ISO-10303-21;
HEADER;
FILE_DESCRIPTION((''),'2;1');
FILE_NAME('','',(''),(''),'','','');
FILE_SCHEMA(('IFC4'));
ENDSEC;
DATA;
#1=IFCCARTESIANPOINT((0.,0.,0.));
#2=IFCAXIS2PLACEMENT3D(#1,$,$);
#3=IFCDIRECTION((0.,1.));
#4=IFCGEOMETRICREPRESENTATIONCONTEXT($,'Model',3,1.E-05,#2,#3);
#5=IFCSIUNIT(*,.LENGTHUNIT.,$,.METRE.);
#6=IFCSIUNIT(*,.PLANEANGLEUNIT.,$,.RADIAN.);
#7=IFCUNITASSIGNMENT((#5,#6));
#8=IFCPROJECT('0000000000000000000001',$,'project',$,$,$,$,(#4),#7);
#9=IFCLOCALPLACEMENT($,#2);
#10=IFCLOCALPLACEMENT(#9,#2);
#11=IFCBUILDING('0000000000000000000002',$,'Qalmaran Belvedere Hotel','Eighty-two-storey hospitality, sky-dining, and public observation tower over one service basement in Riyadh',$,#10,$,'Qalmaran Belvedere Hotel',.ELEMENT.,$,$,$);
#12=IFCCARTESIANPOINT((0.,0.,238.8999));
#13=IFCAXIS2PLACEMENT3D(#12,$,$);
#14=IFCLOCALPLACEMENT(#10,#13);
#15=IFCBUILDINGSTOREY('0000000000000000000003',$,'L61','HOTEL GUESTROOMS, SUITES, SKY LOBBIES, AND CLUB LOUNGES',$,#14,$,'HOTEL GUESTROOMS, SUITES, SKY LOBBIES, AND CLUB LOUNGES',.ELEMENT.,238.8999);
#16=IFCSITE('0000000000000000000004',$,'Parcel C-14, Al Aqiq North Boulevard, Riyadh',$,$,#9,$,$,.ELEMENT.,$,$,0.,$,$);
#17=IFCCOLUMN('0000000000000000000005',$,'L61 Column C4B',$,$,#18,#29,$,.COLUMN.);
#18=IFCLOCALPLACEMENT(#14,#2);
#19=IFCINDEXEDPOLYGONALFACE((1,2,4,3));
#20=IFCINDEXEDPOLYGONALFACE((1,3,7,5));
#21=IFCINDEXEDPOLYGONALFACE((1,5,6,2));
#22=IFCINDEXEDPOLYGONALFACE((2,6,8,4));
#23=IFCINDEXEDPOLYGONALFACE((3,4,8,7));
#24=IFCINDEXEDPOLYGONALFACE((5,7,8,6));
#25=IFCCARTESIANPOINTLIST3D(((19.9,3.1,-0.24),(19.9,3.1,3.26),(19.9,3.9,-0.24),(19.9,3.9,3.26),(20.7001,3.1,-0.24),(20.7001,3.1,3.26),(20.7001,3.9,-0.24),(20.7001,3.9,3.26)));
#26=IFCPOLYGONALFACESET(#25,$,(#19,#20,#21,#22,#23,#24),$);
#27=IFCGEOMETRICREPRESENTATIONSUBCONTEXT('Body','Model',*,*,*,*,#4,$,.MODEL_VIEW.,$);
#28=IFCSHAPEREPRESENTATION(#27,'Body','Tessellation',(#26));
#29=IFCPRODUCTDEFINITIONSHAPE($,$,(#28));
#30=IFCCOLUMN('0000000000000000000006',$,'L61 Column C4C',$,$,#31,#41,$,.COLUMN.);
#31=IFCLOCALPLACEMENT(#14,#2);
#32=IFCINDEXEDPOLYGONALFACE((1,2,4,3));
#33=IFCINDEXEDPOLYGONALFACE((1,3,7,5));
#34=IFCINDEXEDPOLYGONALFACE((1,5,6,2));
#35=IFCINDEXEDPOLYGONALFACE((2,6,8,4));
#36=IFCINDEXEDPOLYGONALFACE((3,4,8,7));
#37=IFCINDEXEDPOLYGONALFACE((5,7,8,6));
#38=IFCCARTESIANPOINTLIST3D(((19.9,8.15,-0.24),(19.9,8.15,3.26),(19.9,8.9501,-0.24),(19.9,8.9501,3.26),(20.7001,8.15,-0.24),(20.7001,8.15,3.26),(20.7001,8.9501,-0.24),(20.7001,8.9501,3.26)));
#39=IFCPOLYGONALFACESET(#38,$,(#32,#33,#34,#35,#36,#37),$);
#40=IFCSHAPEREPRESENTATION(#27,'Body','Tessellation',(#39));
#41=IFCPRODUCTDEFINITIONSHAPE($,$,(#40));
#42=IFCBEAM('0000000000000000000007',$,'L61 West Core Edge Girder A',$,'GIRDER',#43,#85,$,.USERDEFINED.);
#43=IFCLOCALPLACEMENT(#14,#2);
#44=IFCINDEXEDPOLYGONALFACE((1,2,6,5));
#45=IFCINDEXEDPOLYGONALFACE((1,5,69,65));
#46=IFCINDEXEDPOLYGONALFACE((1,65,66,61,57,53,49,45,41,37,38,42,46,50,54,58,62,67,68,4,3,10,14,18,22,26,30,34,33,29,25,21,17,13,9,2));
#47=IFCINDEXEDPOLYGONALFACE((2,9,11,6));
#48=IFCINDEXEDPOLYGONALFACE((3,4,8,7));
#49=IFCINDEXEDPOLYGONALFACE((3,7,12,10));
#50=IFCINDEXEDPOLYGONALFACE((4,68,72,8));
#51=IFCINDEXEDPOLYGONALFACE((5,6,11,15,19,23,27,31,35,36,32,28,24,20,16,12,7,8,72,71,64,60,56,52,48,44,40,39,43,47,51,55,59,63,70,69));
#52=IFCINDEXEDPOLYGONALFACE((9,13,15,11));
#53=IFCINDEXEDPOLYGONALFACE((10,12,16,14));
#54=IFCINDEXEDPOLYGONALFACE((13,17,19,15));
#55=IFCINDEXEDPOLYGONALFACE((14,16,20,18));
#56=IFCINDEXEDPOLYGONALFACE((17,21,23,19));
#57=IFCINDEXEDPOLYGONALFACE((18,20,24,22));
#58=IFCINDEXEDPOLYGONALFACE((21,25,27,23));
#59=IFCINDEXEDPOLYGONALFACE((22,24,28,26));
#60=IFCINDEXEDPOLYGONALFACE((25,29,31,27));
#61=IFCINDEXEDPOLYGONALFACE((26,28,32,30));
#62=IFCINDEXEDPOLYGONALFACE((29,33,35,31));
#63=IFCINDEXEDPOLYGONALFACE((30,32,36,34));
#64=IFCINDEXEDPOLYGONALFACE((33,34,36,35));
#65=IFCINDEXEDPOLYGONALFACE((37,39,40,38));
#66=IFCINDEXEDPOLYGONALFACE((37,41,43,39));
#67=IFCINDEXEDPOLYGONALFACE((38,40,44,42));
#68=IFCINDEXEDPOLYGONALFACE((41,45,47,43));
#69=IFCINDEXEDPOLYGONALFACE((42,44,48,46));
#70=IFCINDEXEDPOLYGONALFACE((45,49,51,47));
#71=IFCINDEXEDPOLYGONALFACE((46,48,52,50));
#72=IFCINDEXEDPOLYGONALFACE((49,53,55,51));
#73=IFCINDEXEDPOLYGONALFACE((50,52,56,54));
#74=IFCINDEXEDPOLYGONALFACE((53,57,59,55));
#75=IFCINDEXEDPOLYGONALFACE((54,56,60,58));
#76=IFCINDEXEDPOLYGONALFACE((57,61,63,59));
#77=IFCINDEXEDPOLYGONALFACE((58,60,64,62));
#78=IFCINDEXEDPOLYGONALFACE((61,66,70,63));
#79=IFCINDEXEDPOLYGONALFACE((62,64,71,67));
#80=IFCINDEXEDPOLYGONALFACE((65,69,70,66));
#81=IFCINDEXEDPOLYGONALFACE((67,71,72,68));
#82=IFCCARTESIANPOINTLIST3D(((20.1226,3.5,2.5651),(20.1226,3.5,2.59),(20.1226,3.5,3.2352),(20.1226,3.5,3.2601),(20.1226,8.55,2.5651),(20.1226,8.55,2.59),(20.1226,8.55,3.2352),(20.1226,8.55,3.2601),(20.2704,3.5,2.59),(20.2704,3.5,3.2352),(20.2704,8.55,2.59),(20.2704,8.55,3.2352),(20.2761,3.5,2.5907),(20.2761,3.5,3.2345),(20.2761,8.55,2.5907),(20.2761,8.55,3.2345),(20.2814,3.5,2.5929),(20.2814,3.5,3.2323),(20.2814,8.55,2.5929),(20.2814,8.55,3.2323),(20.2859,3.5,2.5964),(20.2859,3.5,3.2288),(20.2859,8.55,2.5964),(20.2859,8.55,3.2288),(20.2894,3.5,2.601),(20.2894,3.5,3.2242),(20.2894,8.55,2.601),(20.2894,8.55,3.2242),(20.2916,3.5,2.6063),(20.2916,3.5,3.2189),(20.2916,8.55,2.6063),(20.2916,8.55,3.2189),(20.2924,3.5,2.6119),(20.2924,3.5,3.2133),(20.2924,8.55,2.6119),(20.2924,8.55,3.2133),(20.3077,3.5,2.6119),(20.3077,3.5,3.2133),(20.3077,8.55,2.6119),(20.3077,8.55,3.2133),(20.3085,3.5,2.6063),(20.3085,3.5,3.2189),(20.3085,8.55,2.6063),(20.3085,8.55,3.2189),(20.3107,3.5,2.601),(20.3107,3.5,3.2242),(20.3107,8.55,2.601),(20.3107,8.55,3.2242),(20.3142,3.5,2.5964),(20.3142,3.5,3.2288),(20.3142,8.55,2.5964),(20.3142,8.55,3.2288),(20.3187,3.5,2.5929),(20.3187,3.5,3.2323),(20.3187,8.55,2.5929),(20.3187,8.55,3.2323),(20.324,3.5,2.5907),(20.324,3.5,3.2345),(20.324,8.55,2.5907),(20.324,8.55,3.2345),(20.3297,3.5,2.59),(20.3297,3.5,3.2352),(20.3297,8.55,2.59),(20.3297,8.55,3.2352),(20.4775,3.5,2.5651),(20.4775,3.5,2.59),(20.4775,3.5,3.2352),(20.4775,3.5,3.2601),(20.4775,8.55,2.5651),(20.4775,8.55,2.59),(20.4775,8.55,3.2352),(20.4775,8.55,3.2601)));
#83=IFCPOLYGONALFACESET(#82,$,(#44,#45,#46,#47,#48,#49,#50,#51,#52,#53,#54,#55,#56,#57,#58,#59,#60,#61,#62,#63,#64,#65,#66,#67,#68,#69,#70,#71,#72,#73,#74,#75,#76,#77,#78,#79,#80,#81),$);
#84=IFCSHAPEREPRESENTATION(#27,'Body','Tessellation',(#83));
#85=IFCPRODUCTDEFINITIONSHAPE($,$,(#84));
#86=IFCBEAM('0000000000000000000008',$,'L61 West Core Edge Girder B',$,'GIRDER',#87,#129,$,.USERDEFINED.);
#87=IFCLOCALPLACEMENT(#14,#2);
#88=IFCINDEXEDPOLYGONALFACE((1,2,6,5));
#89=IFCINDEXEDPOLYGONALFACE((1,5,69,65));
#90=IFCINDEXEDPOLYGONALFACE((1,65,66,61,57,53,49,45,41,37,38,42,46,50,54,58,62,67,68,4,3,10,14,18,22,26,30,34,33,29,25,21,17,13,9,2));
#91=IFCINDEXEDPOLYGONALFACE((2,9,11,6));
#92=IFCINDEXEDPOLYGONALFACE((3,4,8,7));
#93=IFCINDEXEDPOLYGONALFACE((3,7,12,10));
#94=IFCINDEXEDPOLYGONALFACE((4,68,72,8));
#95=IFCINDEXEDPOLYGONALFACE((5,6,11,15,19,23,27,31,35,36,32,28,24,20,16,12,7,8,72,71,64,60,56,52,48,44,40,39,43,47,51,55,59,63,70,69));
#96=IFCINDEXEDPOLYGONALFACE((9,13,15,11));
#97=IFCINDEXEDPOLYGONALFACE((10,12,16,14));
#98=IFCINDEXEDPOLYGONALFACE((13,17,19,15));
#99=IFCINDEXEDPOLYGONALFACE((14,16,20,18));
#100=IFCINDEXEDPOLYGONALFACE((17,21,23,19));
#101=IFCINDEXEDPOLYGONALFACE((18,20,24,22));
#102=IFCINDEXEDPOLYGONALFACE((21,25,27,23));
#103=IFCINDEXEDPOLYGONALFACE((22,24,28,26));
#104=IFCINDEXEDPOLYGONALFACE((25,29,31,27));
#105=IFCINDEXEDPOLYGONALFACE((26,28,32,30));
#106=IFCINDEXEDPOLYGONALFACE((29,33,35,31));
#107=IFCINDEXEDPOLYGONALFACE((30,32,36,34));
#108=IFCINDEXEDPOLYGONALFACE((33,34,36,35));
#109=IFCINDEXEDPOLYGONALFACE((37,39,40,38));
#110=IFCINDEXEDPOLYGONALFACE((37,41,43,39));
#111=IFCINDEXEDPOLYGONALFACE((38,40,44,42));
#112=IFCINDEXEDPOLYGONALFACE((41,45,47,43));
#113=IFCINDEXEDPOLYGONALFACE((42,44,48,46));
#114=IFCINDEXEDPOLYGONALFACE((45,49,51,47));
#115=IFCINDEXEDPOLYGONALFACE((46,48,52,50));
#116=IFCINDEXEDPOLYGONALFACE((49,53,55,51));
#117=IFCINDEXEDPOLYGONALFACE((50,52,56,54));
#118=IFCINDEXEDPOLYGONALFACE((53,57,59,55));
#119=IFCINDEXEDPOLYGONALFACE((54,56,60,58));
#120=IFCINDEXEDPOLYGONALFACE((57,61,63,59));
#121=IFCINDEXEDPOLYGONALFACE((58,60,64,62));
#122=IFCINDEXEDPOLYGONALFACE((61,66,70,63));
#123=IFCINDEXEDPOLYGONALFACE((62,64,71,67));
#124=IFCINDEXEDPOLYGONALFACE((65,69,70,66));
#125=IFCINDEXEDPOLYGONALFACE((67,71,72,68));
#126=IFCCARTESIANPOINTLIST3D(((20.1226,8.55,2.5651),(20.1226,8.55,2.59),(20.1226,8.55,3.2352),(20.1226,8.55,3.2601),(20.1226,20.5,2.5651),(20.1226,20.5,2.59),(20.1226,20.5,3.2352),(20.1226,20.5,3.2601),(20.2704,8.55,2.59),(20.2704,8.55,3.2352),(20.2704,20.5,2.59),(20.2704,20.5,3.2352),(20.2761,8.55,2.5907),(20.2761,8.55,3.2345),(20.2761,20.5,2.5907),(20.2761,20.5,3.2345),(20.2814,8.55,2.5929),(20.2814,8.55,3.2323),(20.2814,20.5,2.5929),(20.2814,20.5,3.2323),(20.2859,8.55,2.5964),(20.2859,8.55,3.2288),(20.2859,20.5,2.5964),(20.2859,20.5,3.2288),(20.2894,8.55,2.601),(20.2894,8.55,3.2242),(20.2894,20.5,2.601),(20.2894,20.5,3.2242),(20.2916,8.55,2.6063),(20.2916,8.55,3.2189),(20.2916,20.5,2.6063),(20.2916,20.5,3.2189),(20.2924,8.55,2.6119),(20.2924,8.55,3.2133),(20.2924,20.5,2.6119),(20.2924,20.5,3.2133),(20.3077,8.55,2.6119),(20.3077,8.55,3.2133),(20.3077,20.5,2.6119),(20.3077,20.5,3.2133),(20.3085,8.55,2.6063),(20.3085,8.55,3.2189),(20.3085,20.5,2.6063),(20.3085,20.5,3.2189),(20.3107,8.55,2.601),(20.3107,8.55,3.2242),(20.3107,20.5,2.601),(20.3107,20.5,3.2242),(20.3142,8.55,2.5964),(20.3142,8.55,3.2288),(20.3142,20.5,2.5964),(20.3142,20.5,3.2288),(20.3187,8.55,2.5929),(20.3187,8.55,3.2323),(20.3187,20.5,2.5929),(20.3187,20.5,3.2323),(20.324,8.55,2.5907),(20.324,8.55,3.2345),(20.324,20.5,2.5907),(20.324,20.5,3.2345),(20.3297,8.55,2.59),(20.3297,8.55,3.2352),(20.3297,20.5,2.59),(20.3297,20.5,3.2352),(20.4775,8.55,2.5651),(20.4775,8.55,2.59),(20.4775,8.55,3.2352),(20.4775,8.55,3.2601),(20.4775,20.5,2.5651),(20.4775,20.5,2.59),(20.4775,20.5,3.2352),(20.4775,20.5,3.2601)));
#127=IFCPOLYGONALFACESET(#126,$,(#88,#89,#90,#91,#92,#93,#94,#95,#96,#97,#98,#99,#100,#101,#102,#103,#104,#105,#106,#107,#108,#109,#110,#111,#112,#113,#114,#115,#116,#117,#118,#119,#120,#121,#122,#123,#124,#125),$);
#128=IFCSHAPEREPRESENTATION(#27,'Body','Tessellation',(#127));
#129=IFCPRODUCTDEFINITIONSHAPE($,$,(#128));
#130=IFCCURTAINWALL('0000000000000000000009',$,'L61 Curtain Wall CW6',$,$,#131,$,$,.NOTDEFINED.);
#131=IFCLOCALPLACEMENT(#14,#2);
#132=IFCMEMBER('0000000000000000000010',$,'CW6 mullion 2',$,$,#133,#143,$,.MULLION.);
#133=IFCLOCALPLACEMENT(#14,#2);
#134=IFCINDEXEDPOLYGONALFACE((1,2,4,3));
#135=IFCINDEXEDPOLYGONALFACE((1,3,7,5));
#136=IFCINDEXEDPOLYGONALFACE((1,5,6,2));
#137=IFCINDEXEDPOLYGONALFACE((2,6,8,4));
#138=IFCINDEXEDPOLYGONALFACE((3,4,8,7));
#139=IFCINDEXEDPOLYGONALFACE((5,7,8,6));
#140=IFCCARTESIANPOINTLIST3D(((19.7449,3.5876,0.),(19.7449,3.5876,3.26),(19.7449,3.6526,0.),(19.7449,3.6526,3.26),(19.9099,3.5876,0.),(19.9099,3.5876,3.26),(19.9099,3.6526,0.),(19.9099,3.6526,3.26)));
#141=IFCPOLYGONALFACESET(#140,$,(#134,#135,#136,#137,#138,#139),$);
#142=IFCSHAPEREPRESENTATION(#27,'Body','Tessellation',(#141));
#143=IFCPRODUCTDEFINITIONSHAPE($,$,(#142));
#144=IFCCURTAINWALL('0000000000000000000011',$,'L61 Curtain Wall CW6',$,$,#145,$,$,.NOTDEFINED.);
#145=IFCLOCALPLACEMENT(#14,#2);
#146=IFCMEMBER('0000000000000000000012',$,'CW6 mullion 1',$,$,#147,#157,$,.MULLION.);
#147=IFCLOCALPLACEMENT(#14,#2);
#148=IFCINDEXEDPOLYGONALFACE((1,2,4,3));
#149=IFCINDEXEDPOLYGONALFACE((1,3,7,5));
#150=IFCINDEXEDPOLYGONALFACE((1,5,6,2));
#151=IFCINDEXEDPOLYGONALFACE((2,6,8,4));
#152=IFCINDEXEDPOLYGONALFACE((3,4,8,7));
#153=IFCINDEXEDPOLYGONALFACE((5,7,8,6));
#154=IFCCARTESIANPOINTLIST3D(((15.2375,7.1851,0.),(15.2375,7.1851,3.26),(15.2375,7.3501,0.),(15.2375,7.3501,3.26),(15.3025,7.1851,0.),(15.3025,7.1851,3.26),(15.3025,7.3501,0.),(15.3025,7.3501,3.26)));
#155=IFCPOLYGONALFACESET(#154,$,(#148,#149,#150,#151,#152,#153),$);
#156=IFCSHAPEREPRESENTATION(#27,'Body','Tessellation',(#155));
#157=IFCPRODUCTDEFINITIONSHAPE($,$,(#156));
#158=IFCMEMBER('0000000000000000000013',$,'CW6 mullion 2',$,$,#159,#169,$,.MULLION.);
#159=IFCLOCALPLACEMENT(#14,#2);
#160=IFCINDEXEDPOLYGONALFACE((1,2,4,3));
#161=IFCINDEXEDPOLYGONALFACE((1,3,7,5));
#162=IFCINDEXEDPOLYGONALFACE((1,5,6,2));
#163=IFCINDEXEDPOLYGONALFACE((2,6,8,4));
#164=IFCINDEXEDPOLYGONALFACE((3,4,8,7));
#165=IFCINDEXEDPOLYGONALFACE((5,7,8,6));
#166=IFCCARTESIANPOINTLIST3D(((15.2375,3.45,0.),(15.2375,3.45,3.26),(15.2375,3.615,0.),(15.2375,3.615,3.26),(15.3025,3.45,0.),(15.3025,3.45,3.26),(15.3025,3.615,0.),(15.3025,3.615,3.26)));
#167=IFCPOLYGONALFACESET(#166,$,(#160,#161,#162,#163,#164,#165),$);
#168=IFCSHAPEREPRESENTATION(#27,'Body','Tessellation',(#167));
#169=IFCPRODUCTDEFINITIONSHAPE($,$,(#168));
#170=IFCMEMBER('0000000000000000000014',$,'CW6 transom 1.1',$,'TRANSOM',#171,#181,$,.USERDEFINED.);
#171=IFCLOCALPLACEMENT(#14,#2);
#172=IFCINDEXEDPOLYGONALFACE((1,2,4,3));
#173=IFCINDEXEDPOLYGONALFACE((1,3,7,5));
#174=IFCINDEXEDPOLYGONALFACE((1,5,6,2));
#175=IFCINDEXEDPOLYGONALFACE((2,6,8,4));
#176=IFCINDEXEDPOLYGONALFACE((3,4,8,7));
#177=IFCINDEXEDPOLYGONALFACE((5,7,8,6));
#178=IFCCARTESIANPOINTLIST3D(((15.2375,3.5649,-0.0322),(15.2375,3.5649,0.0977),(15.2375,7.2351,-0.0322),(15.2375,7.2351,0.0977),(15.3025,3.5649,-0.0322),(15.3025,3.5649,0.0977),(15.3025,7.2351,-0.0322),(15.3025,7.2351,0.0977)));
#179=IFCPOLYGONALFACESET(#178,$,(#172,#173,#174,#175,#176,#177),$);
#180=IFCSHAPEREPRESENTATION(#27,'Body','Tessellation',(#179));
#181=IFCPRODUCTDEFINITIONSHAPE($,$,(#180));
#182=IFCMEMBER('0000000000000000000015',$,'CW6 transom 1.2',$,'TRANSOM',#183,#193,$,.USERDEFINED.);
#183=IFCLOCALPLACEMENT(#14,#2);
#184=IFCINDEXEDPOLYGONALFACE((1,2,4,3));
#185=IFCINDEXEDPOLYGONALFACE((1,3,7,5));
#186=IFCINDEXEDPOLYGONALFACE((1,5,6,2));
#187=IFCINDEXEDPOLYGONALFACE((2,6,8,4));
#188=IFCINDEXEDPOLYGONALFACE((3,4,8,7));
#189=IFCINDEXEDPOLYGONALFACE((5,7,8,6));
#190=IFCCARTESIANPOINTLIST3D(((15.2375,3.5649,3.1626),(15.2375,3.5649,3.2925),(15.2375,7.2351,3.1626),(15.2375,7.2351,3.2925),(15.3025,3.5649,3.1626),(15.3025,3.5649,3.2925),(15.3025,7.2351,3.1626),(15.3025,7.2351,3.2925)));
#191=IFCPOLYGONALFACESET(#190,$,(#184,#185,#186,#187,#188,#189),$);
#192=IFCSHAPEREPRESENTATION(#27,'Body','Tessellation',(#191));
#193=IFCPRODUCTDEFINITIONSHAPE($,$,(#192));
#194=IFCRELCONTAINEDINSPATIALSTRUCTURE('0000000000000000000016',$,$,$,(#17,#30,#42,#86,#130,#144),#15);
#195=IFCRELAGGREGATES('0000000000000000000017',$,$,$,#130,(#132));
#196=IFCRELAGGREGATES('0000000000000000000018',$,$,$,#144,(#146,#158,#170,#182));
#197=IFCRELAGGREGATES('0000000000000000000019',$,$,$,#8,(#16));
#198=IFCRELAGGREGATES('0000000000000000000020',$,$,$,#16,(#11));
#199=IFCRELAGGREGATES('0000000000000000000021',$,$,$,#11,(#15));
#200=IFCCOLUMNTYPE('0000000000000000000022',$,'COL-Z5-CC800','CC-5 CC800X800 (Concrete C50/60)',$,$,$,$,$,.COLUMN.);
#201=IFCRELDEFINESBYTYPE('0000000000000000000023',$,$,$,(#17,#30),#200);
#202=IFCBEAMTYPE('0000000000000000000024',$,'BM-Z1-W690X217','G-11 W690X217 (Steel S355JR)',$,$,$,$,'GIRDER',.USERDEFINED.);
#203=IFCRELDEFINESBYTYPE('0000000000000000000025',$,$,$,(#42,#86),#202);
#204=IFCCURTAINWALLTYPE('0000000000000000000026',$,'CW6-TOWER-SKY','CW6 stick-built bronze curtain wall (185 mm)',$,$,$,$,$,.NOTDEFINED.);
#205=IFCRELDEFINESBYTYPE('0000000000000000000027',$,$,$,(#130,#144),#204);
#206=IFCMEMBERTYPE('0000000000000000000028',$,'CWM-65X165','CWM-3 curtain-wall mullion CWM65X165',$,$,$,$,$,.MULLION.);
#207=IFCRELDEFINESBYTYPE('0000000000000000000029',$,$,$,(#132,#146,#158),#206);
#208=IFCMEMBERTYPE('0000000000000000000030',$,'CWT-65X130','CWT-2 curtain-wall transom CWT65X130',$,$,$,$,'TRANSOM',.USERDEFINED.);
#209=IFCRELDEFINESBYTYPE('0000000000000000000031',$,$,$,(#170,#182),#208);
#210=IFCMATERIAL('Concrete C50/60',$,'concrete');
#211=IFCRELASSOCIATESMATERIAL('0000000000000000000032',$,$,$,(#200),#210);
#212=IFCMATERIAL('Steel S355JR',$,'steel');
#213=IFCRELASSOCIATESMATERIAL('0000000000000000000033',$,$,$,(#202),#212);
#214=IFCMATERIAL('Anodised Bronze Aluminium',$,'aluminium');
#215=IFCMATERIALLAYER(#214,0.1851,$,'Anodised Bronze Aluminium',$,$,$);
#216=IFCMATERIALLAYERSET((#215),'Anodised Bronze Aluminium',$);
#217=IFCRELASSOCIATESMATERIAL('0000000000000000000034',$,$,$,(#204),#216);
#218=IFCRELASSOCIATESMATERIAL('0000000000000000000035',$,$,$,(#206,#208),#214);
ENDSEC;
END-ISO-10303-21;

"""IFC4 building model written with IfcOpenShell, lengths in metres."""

from ifc_helpers import new_model, si_unit, direction, frame, origin, origin_2d, place, context, subcontext, project, spatial, rectangle, i_section, extrude, material, layer, layer_set, material_profile, profile_set, type_object, element, aggregate, save


model = new_model("IFC4")

# Units and contexts
model_context = context("Model", 3, precision=1e-05, world=origin(), true_north=direction((0.0, 1.0)))
body_context = subcontext(model_context, "Body", "Model", "MODEL_VIEW")
ifc_project = project(units=[si_unit("LENGTHUNIT", "METRE"), si_unit("PLANEANGLEUNIT", "RADIAN")], contexts=[model_context])

# Site, building, storey
site_placement = place(None, origin())
site = spatial("IfcSite", under=ifc_project, at=site_placement, Name="Parcel C-14, Al Aqiq North Boulevard, Riyadh", CompositionType="ELEMENT", RefElevation=0.0)
building_placement = place(site_placement, origin())
building = spatial("IfcBuilding", under=site, at=building_placement, Name="Qalmaran Belvedere Hotel", Description="Eighty-two-storey hospitality, sky-dining, and public observation tower over one service basement in Riyadh", LongName="Qalmaran Belvedere Hotel", CompositionType="ELEMENT")
storey_placement = place(building_placement, frame((0.0, 0.0, 238.8999)))
storey = spatial("IfcBuildingStorey", under=building, at=storey_placement, Name="L61", Description="HOTEL GUESTROOMS, SUITES, SKY LOBBIES, AND CLUB LOUNGES", LongName="HOTEL GUESTROOMS, SUITES, SKY LOBBIES, AND CLUB LOUNGES", CompositionType="ELEMENT", Elevation=238.8999)

# Columns
ifc_material_1 = material(Name="Concrete C50/60", Category="concrete")
ifc_material_profile_1 = material_profile(ifc_material_1, rectangle(XDim=0.8, YDim=0.8, at=origin_2d()), Name="CC800X800")
ifc_profile_set_1 = profile_set([ifc_material_profile_1], Name="Concrete C50/60")
column_type = type_object("IfcColumnType", Name="COL-Z5-CC800", Description="CC-5 CC800X800 (Concrete C50/60)", PredefinedType="COLUMN", material=ifc_profile_set_1)
for number, where, z_axis, x_axis, name in (
    (1, (20.3, 3.5, -0.24), (0.0, 0.0, 1.0), (1.0, 0.0, 0.0), "L61 Column C4B"),
    (2, (20.3, 8.55, -0.24), (0.0, 0.0, 1.0), (1.0, 0.0, 0.0), "L61 Column C4C"),
):
    element("IfcColumn", number, at=place(storey_placement, frame(where, z_axis=z_axis, x_axis=x_axis)), inside=storey, type_object=column_type, Name=name, PredefinedType="COLUMN", context=body_context, shape_type="SweptSolid", body=[
        extrude(rectangle(XDim=0.8, YDim=0.8, at=origin_2d()), origin(), (0.0, 0.0, 1.0), 3.5),
    ])

# Beams
ifc_material_2 = material(Name="Steel S355JR", Category="steel")
ifc_material_profile_2 = material_profile(ifc_material_2, i_section(OverallWidth=0.355, OverallDepth=0.6951, WebThickness=0.0154, FlangeThickness=0.0249, FilletRadius=0.022, at=origin_2d()), Name="W690X217")
ifc_profile_set_2 = profile_set([ifc_material_profile_2], Name="Steel S355JR")
beam_type = type_object("IfcBeamType", Name="BM-Z1-W690X217", Description="G-11 W690X217 (Steel S355JR)", ElementType="GIRDER", PredefinedType="USERDEFINED", material=ifc_profile_set_2)
beam_1_placement = place(storey_placement, frame((20.3, 3.5, 2.9126), z_axis=(0.0, 1.0, 0.0), x_axis=(-1.0, 0.0, 0.0)))
element("IfcBeam", 3, at=beam_1_placement, inside=storey, type_object=beam_type, Name="L61 West Core Edge Girder A", ObjectType="GIRDER", PredefinedType="USERDEFINED", context=body_context, shape_type="SweptSolid", body=[
    extrude(i_section(OverallWidth=0.355, OverallDepth=0.6951, WebThickness=0.0154, FlangeThickness=0.0249, FilletRadius=0.022, at=origin_2d()), origin(), (0.0, 0.0, 1.0), 5.05),
])
beam_2_placement = place(storey_placement, frame((20.3, 8.55, 2.9126), z_axis=(0.0, 1.0, 0.0), x_axis=(-1.0, 0.0, 0.0)))
element("IfcBeam", 4, at=beam_2_placement, inside=storey, type_object=beam_type, Name="L61 West Core Edge Girder B", ObjectType="GIRDER", PredefinedType="USERDEFINED", context=body_context, shape_type="SweptSolid", body=[
    extrude(i_section(OverallWidth=0.355, OverallDepth=0.6951, WebThickness=0.0154, FlangeThickness=0.0249, FilletRadius=0.022, at=origin_2d()), origin(), (0.0, 0.0, 1.0), 11.95),
])

# Curtain wall, member
ifc_material_3 = material(Name="Anodised Bronze Aluminium", Category="aluminium")
ifc_layer_1 = layer(ifc_material_3, 0.1851, Name="Anodised Bronze Aluminium")
ifc_layer_set_1 = layer_set([ifc_layer_1], Name="Anodised Bronze Aluminium")
curtain_wall_type = type_object("IfcCurtainWallType", Name="CW6-TOWER-SKY", Description="CW6 stick-built bronze curtain wall (185 mm)", PredefinedType="NOTDEFINED", material=ifc_layer_set_1)
curtain_wall_1_placement = place(storey_placement, origin())
curtain_wall_1 = element("IfcCurtainWall", 5, at=curtain_wall_1_placement, inside=storey, type_object=curtain_wall_type, Name="L61 Curtain Wall CW6", PredefinedType="NOTDEFINED")
ifc_material_profile_3 = material_profile(ifc_material_3, rectangle(XDim=0.0649, YDim=0.165, at=origin_2d()), Name="CWM65X165")
ifc_profile_set_3 = profile_set([ifc_material_profile_3], Name="Anodised Bronze Aluminium")
member_type_1 = type_object("IfcMemberType", Name="CWM-65X165", Description="CWM-3 curtain-wall mullion CWM65X165", PredefinedType="MULLION", material=ifc_profile_set_3)
member_1_placement = place(storey_placement, frame((19.8274, 3.6201, 0.0), z_axis=(0.0, 0.0, 1.0), x_axis=(0.0, 1.0, 0.0)))
member_1 = element("IfcMember", 6, at=member_1_placement, type_object=member_type_1, Name="CW6 mullion 2", PredefinedType="MULLION", context=body_context, shape_type="SweptSolid", body=[
    extrude(rectangle(XDim=0.0649, YDim=0.165, at=origin_2d()), origin(), (0.0, 0.0, 1.0), 3.26),
])

# Curtain wall, members
curtain_wall_2_placement = place(storey_placement, origin())
curtain_wall_2 = element("IfcCurtainWall", 7, at=curtain_wall_2_placement, inside=storey, type_object=curtain_wall_type, Name="L61 Curtain Wall CW6", PredefinedType="NOTDEFINED")
member_2_placement = place(storey_placement, frame((15.27, 7.2676, 0.0), z_axis=(0.0, 0.0, 1.0), x_axis=(1.0, 0.0, 0.0)))
member_2 = element("IfcMember", 8, at=member_2_placement, type_object=member_type_1, Name="CW6 mullion 1", PredefinedType="MULLION", context=body_context, shape_type="SweptSolid", body=[
    extrude(rectangle(XDim=0.0649, YDim=0.165, at=origin_2d()), origin(), (0.0, 0.0, 1.0), 3.26),
])
member_3_placement = place(storey_placement, frame((15.27, 3.5325, 0.0), z_axis=(0.0, 0.0, 1.0), x_axis=(1.0, 0.0, 0.0)))
member_3 = element("IfcMember", 9, at=member_3_placement, type_object=member_type_1, Name="CW6 mullion 2", PredefinedType="MULLION", context=body_context, shape_type="SweptSolid", body=[
    extrude(rectangle(XDim=0.0649, YDim=0.165, at=origin_2d()), origin(), (0.0, 0.0, 1.0), 3.26),
])
ifc_material_profile_4 = material_profile(ifc_material_3, rectangle(XDim=0.0649, YDim=0.1299, at=origin_2d()), Name="CWT65X130")
ifc_profile_set_4 = profile_set([ifc_material_profile_4], Name="Anodised Bronze Aluminium")
member_type_2 = type_object("IfcMemberType", Name="CWT-65X130", Description="CWT-2 curtain-wall transom CWT65X130", ElementType="TRANSOM", PredefinedType="USERDEFINED", material=ifc_profile_set_4)
member_4_placement = place(storey_placement, frame((15.27, 7.2351, 0.0327), z_axis=(0.0, -1.0, 0.0), x_axis=(1.0, 0.0, 0.0)))
member_4 = element("IfcMember", 10, at=member_4_placement, type_object=member_type_2, Name="CW6 transom 1.1", ObjectType="TRANSOM", PredefinedType="USERDEFINED", context=body_context, shape_type="SweptSolid", body=[
    extrude(rectangle(XDim=0.0649, YDim=0.1299, at=origin_2d()), origin(), (0.0, 0.0, 1.0), 3.6702),
])
member_5_placement = place(storey_placement, frame((15.27, 7.2351, 3.2275), z_axis=(0.0, -1.0, 0.0), x_axis=(1.0, 0.0, 0.0)))
member_5 = element("IfcMember", 11, at=member_5_placement, type_object=member_type_2, Name="CW6 transom 1.2", ObjectType="TRANSOM", PredefinedType="USERDEFINED", context=body_context, shape_type="SweptSolid", body=[
    extrude(rectangle(XDim=0.0649, YDim=0.1299, at=origin_2d()), origin(), (0.0, 0.0, 1.0), 3.6702),
])

aggregate(curtain_wall_1, [member_1])
aggregate(curtain_wall_2, [member_2, member_3, member_4, member_5])

save(model, "model.ifc")
